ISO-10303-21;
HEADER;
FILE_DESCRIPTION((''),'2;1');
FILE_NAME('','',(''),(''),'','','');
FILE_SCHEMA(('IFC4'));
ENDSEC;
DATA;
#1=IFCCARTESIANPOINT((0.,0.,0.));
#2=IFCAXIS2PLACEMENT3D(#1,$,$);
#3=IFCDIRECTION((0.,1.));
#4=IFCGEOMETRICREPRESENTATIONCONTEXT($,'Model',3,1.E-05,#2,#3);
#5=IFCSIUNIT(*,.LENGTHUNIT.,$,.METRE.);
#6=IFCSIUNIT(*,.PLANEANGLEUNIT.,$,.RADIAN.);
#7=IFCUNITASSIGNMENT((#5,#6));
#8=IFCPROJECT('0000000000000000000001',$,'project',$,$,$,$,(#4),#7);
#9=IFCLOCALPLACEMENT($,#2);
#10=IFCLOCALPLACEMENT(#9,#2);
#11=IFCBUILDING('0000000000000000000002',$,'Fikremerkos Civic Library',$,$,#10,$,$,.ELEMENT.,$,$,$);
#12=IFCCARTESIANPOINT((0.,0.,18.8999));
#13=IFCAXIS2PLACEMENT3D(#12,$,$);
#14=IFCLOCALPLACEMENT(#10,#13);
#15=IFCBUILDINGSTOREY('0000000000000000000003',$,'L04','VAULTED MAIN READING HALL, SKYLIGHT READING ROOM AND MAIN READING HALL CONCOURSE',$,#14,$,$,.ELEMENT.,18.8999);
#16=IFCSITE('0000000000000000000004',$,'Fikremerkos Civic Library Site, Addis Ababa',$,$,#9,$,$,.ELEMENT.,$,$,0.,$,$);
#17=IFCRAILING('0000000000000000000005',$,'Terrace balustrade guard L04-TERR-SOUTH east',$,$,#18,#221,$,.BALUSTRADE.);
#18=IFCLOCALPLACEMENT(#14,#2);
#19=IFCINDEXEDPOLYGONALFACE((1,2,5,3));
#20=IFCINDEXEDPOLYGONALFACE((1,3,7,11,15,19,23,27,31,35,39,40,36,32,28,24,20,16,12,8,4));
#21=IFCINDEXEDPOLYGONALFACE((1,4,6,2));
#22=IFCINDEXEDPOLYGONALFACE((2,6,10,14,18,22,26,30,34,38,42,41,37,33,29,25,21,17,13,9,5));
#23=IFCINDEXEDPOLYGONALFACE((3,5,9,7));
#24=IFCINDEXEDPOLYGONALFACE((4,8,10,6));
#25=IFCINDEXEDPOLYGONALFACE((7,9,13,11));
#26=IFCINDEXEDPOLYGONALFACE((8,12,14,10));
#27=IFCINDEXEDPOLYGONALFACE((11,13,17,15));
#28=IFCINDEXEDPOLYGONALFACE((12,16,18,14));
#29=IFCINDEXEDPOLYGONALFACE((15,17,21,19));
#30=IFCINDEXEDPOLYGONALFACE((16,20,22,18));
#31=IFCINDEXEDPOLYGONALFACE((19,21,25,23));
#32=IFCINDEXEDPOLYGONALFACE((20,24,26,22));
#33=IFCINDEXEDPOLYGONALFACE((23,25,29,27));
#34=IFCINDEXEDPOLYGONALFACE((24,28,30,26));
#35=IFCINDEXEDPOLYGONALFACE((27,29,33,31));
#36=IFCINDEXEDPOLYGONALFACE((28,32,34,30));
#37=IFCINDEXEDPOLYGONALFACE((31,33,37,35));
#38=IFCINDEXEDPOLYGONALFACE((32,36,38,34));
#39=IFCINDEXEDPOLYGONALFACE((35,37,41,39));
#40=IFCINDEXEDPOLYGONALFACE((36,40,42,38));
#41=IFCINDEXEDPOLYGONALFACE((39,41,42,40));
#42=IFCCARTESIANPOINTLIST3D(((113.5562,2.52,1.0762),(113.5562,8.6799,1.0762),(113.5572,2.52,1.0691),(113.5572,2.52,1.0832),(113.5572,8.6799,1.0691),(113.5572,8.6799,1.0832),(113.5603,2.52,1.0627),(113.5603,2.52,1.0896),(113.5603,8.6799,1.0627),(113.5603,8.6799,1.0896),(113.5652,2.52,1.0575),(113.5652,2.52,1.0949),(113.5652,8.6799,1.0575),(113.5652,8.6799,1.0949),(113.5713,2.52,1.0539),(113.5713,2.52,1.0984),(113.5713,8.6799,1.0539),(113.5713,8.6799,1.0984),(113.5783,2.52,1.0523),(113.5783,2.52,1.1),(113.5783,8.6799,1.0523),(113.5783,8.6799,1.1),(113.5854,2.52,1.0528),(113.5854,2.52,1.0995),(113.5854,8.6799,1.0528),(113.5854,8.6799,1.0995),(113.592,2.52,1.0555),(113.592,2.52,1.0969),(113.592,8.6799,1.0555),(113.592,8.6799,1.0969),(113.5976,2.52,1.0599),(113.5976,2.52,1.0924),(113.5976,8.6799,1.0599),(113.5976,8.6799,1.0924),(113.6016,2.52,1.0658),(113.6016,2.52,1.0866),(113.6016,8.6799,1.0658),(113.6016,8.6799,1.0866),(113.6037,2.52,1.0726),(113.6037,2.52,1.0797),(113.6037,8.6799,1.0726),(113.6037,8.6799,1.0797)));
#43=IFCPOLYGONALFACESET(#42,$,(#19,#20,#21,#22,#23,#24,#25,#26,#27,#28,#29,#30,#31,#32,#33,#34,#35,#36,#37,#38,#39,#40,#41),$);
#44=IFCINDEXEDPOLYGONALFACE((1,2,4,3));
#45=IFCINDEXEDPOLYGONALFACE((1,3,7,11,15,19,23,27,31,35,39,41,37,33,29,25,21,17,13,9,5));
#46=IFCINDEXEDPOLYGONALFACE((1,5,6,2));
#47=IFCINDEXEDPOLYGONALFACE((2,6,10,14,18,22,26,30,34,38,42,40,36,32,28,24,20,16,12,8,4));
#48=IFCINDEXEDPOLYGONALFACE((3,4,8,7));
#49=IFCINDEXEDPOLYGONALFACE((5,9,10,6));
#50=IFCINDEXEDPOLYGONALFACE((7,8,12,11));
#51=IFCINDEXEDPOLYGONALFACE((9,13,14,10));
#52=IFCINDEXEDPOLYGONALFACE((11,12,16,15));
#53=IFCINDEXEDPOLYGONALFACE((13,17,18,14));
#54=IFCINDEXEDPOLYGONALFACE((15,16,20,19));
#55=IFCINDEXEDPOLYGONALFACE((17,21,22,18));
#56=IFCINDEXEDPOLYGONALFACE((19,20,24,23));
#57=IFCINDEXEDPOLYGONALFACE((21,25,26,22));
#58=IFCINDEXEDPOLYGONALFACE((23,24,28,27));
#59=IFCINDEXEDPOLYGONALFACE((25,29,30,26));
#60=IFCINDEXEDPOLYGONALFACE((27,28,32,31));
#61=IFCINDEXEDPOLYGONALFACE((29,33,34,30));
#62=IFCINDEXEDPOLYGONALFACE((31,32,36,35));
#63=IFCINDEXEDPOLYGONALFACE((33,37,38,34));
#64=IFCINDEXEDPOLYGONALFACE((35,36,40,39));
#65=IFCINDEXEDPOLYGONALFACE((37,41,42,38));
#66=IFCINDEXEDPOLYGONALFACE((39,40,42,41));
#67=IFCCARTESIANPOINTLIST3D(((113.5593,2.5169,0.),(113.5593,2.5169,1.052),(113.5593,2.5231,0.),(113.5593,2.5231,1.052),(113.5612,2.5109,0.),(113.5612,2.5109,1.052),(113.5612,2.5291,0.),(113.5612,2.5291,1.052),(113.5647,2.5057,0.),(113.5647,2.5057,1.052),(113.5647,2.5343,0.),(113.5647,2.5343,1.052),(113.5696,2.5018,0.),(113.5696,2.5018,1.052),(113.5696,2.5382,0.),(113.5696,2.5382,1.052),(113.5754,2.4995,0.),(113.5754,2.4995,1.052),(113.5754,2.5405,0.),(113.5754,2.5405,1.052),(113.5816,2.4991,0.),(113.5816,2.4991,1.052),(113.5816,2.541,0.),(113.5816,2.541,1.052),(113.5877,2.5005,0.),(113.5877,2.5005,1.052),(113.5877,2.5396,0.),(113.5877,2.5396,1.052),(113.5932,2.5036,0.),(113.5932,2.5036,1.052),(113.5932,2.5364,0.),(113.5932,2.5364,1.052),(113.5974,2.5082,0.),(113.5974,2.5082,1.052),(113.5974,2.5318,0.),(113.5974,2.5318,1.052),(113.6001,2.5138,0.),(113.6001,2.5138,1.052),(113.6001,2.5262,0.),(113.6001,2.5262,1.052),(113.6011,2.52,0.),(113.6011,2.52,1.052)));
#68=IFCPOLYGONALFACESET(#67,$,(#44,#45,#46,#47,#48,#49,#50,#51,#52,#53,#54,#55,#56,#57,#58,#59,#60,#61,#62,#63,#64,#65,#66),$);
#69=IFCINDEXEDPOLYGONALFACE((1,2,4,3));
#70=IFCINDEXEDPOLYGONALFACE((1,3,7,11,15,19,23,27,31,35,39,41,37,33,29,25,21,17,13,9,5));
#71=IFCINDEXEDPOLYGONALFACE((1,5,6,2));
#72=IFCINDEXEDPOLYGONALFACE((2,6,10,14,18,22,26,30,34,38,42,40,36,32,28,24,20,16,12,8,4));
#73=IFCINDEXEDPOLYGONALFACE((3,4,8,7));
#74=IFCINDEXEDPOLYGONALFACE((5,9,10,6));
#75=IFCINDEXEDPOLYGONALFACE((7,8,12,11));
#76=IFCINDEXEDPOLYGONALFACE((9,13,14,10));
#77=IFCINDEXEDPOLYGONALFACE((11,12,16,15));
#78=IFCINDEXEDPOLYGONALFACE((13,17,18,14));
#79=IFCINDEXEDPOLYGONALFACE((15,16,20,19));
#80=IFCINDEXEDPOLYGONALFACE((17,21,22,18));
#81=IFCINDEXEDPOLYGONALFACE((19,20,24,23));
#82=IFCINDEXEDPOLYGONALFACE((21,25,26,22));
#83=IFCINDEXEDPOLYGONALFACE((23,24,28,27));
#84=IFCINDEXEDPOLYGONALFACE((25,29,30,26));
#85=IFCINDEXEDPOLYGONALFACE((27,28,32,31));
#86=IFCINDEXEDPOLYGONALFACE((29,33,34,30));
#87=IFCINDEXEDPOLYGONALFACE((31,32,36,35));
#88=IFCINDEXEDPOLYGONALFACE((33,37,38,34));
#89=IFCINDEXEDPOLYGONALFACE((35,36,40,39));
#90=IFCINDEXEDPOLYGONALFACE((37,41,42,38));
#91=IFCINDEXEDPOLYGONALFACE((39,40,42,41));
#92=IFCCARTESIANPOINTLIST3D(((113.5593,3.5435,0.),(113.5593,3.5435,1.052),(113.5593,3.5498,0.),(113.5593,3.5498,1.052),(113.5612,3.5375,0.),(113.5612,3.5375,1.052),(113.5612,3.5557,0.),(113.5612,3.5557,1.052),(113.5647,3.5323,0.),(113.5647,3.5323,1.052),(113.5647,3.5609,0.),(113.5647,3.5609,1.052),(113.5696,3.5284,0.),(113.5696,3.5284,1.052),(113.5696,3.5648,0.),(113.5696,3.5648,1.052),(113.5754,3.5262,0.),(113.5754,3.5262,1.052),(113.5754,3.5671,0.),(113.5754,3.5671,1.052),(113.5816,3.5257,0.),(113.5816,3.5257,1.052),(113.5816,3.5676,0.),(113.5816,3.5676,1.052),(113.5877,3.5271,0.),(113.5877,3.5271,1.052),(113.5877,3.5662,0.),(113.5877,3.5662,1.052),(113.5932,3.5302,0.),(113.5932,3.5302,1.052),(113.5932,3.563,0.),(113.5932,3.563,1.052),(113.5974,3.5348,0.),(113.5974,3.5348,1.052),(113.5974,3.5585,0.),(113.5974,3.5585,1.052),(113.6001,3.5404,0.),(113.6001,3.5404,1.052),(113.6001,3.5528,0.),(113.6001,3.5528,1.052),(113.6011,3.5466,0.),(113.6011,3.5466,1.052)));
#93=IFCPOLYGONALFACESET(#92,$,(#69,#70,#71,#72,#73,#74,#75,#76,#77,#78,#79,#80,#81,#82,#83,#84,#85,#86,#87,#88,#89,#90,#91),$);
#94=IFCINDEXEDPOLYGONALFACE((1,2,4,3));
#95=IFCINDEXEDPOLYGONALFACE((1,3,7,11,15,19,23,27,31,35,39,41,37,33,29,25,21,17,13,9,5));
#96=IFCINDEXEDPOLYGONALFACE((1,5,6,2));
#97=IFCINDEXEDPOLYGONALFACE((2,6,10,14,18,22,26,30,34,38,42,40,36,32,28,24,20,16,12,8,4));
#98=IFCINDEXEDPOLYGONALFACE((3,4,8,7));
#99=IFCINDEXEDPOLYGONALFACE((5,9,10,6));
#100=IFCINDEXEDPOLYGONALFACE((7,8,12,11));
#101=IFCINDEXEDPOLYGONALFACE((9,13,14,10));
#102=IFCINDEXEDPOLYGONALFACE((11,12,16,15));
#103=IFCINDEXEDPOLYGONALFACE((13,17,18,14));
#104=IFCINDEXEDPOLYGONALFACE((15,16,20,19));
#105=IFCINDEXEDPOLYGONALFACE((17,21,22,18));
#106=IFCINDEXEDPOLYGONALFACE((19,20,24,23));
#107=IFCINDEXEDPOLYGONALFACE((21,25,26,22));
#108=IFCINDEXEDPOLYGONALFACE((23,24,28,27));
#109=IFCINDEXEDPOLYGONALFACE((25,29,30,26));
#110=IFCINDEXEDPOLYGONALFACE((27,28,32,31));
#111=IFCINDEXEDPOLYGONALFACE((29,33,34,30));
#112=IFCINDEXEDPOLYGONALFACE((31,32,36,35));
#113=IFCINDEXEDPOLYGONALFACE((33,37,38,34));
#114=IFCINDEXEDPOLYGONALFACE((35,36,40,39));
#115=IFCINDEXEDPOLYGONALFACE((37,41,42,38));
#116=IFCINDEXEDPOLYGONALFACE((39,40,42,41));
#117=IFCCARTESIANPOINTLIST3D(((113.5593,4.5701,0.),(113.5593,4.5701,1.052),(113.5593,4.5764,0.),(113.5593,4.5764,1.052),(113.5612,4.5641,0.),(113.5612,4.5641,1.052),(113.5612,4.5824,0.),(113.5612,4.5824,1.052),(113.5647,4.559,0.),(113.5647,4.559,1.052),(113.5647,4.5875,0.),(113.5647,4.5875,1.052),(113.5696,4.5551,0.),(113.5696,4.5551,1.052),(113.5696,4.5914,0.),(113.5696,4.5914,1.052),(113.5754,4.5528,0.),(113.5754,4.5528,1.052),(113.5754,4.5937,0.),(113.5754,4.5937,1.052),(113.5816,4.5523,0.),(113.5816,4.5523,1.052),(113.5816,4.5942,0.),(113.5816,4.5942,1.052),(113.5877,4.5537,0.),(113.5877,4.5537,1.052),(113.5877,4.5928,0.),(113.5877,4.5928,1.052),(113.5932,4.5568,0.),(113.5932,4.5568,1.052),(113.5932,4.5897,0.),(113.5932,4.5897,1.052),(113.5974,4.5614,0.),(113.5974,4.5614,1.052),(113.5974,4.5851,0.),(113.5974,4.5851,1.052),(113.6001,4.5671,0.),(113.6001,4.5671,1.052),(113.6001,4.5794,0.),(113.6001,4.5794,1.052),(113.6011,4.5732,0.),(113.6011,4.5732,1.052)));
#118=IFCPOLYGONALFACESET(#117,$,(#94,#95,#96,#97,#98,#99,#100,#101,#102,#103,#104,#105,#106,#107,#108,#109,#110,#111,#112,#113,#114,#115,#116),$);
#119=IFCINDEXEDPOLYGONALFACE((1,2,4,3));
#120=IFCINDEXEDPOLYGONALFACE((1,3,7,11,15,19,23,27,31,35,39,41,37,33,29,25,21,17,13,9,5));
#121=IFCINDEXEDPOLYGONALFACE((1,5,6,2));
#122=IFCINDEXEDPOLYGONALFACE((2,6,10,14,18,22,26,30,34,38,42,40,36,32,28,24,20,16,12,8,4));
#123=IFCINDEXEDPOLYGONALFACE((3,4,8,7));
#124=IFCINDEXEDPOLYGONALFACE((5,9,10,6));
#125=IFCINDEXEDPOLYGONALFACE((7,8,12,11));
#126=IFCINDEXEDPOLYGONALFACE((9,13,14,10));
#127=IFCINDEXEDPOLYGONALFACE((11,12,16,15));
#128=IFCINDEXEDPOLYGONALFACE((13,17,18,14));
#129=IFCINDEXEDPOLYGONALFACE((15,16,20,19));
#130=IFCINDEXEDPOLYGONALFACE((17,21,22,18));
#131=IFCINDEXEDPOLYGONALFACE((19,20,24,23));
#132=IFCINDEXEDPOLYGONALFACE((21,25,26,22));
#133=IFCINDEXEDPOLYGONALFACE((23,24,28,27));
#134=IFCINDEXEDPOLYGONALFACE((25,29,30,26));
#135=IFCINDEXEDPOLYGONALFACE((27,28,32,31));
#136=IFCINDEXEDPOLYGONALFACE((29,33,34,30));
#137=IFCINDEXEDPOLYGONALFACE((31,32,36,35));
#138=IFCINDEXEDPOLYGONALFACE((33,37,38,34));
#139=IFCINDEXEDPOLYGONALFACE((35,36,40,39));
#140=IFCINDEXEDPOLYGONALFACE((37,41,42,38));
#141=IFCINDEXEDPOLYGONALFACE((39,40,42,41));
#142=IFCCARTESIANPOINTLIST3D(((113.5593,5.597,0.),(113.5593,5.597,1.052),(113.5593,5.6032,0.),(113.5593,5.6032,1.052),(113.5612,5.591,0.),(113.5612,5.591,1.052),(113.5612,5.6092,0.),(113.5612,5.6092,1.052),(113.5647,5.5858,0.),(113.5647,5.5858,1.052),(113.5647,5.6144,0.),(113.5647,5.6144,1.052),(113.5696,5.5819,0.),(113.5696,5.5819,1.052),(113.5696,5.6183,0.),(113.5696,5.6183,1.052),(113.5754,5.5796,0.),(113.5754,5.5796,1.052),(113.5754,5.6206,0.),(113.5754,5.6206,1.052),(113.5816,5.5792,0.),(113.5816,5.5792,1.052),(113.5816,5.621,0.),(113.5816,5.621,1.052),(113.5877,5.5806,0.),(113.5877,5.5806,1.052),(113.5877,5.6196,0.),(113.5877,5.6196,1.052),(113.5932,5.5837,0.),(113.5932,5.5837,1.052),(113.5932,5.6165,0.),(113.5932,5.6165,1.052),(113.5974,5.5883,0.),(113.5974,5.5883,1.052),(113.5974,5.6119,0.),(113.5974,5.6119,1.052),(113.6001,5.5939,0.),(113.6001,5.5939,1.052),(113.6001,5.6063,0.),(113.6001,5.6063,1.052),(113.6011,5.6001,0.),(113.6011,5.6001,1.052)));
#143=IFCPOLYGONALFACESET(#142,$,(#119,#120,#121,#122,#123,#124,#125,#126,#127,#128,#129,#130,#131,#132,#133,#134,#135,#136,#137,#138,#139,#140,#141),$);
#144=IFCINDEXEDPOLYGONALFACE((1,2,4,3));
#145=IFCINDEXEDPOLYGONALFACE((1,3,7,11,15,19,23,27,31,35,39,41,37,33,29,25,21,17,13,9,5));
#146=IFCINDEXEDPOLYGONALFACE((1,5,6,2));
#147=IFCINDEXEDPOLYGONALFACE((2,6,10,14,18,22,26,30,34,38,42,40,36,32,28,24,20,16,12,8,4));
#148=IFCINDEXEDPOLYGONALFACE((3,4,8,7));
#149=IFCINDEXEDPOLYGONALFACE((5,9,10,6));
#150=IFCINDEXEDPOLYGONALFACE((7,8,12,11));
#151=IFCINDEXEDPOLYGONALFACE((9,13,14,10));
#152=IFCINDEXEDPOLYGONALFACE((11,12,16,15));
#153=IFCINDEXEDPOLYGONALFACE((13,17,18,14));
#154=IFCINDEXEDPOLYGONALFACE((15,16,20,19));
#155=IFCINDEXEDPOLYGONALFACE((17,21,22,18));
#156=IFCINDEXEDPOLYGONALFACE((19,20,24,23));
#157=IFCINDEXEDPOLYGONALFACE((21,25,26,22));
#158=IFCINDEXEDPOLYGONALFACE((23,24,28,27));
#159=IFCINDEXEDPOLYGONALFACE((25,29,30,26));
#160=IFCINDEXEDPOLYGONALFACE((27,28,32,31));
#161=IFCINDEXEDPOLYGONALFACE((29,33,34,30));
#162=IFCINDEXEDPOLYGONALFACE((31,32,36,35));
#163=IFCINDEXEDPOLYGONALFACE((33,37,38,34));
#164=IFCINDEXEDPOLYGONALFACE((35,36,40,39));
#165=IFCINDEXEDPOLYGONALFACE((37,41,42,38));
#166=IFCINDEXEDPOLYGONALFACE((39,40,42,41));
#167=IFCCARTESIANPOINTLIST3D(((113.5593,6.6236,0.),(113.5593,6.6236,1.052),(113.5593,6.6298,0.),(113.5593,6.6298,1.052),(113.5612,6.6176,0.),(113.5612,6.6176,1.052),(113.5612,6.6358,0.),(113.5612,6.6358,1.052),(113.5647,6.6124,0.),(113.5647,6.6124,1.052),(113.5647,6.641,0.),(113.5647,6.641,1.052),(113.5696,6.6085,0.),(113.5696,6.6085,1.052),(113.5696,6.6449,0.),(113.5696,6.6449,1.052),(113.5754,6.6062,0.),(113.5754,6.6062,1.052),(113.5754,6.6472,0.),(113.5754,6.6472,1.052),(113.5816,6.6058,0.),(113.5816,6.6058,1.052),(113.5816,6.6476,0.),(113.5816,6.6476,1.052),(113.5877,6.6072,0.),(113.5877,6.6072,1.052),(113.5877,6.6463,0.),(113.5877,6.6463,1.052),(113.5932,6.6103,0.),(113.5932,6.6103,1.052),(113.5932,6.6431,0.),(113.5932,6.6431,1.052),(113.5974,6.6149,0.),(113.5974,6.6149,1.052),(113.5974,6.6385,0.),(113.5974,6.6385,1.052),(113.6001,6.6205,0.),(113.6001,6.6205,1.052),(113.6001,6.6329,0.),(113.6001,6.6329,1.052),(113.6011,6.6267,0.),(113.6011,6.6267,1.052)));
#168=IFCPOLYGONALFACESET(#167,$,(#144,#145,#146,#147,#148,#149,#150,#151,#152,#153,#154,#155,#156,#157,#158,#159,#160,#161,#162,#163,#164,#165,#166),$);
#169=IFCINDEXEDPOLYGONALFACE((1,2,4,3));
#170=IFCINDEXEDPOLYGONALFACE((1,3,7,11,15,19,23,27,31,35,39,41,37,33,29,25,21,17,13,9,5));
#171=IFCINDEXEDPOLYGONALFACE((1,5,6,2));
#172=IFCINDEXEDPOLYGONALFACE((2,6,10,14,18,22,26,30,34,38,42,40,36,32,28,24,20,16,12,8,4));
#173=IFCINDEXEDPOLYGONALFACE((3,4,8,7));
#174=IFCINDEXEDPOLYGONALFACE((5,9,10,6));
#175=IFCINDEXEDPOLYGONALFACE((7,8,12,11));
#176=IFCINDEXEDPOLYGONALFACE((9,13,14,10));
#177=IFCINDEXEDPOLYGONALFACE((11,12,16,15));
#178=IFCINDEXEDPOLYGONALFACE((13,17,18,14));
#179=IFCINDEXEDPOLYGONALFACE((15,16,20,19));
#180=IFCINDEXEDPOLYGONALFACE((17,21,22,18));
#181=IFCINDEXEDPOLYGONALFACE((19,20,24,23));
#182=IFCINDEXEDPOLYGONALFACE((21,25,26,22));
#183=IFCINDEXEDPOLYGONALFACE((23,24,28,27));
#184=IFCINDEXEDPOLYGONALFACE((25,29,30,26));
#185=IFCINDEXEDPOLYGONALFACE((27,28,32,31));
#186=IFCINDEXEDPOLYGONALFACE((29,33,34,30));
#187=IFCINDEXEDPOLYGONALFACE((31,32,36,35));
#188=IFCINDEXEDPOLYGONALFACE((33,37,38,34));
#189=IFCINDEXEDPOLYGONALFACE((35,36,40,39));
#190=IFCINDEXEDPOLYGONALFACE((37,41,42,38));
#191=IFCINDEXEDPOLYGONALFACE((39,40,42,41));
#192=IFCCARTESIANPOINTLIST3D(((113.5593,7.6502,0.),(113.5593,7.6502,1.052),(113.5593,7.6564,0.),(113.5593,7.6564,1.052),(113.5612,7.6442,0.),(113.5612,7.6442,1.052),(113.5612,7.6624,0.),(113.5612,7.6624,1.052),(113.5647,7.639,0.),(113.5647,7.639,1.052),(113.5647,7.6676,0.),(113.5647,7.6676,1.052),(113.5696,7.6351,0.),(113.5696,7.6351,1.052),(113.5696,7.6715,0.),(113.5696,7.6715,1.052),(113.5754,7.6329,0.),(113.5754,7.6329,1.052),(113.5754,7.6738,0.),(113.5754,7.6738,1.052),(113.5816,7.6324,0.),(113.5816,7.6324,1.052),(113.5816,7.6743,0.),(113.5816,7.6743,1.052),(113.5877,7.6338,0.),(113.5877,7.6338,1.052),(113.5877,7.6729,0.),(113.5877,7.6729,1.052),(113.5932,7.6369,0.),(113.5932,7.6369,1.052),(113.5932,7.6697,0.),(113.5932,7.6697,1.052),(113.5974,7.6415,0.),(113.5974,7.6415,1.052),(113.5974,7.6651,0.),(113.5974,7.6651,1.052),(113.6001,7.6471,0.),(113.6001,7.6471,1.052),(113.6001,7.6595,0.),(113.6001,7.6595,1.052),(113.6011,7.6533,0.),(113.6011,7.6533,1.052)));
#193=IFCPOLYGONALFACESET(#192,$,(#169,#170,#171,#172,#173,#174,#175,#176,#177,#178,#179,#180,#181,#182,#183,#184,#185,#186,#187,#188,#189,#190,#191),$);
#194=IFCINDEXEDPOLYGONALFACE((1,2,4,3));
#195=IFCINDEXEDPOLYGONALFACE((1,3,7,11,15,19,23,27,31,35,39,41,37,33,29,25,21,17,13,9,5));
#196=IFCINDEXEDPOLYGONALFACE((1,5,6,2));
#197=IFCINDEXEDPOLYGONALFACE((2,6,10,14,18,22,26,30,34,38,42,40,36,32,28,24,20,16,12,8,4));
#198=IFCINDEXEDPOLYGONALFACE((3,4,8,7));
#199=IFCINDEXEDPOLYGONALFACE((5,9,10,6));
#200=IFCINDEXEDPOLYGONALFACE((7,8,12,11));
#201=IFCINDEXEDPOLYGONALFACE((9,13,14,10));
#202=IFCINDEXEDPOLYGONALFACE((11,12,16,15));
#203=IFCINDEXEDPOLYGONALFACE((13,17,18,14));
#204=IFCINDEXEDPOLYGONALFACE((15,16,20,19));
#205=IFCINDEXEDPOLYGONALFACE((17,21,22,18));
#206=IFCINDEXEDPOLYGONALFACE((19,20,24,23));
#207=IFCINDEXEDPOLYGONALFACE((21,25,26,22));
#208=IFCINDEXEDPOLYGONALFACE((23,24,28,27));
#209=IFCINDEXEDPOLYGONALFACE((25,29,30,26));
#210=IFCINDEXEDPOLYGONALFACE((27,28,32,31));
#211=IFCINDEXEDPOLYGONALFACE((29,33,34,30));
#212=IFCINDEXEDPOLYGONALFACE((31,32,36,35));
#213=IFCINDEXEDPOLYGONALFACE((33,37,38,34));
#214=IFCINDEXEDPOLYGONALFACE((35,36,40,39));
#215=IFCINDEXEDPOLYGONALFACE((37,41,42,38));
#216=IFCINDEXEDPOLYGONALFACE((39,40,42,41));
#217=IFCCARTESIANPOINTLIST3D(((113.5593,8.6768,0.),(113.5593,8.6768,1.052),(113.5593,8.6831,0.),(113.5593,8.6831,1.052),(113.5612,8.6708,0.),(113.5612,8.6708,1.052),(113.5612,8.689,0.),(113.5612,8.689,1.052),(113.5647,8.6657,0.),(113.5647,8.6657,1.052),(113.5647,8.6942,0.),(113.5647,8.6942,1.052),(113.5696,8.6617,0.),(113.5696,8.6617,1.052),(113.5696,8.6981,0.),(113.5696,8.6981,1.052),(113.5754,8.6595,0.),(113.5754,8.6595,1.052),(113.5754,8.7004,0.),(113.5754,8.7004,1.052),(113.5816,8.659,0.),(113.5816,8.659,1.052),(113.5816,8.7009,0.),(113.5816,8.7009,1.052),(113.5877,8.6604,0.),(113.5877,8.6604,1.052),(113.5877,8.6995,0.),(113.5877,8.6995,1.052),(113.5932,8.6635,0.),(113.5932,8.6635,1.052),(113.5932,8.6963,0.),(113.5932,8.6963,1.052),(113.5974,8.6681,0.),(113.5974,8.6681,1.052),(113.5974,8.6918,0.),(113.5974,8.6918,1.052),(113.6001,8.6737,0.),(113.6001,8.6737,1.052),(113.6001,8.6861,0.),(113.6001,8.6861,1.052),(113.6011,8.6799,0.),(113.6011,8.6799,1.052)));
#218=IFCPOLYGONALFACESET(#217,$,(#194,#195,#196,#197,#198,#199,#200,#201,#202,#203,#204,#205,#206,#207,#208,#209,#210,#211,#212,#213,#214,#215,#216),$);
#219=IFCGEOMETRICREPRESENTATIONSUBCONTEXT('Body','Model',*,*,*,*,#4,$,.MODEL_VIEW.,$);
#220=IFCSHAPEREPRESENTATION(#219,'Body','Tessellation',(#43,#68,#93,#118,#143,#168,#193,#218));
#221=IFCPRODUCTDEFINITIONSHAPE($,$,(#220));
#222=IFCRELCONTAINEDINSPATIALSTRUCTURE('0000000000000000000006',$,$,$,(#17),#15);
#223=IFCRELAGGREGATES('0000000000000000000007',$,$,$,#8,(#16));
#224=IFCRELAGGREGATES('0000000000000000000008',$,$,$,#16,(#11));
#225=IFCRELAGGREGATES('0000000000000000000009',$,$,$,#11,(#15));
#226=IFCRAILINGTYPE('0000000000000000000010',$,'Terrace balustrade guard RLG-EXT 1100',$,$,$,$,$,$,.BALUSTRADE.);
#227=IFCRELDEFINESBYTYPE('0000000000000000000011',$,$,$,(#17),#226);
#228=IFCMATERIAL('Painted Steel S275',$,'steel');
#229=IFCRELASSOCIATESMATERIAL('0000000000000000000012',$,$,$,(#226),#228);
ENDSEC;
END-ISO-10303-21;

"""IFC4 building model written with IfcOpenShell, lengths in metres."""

from ifc_helpers import new_model, si_unit, direction, frame, origin, origin_2d, place, context, subcontext, project, spatial, circle, extrude, material, type_object, element, save


model = new_model("IFC4")

# Units and contexts
model_context = context("Model", 3, precision=1e-05, world=origin(), true_north=direction((0.0, 1.0)))
body_context = subcontext(model_context, "Body", "Model", "MODEL_VIEW")
ifc_project = project(units=[si_unit("LENGTHUNIT", "METRE"), si_unit("PLANEANGLEUNIT", "RADIAN")], contexts=[model_context])

# Site, building, storey
site_placement = place(None, origin())
site = spatial("IfcSite", under=ifc_project, at=site_placement, Name="Fikremerkos Civic Library Site, Addis Ababa", CompositionType="ELEMENT", RefElevation=0.0)
building_placement = place(site_placement, origin())
building = spatial("IfcBuilding", under=site, at=building_placement, Name="Fikremerkos Civic Library", CompositionType="ELEMENT")
storey_placement = place(building_placement, frame((0.0, 0.0, 18.8999)))
storey = spatial("IfcBuildingStorey", under=building, at=storey_placement, Name="L04", Description="VAULTED MAIN READING HALL, SKYLIGHT READING ROOM AND MAIN READING HALL CONCOURSE", CompositionType="ELEMENT", Elevation=18.8999)

# Railing
ifc_material_1 = material(Name="Painted Steel S275", Category="steel")
railing_type = type_object("IfcRailingType", Name="Terrace balustrade guard RLG-EXT 1100", PredefinedType="BALUSTRADE", material=ifc_material_1)
railing_placement = place(storey_placement, frame((113.5801, 2.52, 0.0)))
element("IfcRailing", 1, at=railing_placement, inside=storey, type_object=railing_type, Name="Terrace balustrade guard L04-TERR-SOUTH east", PredefinedType="BALUSTRADE", context=body_context, shape_type="SweptSolid", body=[
    extrude(circle(Radius=0.0239, at=origin_2d()), frame((0.0, 0.0, 1.0762), z_axis=(0.0, 1.0, 0.0), x_axis=(-1.0, 0.0, 0.0)), (0.0, 0.0, 1.0), 6.1599),
    extrude(circle(Radius=0.021, at=origin_2d()), origin(), (0.0, 0.0, 1.0), 1.052),
    extrude(circle(Radius=0.021, at=origin_2d()), frame((0.0, 1.0266, 0.0)), (0.0, 0.0, 1.0), 1.052),
    extrude(circle(Radius=0.021, at=origin_2d()), frame((0.0, 2.0532, 0.0)), (0.0, 0.0, 1.0), 1.052),
    extrude(circle(Radius=0.021, at=origin_2d()), frame((0.0, 3.0801, 0.0)), (0.0, 0.0, 1.0), 1.052),
    extrude(circle(Radius=0.021, at=origin_2d()), frame((0.0, 4.1067, 0.0)), (0.0, 0.0, 1.0), 1.052),
    extrude(circle(Radius=0.021, at=origin_2d()), frame((0.0, 5.1333, 0.0)), (0.0, 0.0, 1.0), 1.052),
    extrude(circle(Radius=0.021, at=origin_2d()), frame((0.0, 6.1599, 0.0)), (0.0, 0.0, 1.0), 1.052),
])

save(model, "model.ifc")
